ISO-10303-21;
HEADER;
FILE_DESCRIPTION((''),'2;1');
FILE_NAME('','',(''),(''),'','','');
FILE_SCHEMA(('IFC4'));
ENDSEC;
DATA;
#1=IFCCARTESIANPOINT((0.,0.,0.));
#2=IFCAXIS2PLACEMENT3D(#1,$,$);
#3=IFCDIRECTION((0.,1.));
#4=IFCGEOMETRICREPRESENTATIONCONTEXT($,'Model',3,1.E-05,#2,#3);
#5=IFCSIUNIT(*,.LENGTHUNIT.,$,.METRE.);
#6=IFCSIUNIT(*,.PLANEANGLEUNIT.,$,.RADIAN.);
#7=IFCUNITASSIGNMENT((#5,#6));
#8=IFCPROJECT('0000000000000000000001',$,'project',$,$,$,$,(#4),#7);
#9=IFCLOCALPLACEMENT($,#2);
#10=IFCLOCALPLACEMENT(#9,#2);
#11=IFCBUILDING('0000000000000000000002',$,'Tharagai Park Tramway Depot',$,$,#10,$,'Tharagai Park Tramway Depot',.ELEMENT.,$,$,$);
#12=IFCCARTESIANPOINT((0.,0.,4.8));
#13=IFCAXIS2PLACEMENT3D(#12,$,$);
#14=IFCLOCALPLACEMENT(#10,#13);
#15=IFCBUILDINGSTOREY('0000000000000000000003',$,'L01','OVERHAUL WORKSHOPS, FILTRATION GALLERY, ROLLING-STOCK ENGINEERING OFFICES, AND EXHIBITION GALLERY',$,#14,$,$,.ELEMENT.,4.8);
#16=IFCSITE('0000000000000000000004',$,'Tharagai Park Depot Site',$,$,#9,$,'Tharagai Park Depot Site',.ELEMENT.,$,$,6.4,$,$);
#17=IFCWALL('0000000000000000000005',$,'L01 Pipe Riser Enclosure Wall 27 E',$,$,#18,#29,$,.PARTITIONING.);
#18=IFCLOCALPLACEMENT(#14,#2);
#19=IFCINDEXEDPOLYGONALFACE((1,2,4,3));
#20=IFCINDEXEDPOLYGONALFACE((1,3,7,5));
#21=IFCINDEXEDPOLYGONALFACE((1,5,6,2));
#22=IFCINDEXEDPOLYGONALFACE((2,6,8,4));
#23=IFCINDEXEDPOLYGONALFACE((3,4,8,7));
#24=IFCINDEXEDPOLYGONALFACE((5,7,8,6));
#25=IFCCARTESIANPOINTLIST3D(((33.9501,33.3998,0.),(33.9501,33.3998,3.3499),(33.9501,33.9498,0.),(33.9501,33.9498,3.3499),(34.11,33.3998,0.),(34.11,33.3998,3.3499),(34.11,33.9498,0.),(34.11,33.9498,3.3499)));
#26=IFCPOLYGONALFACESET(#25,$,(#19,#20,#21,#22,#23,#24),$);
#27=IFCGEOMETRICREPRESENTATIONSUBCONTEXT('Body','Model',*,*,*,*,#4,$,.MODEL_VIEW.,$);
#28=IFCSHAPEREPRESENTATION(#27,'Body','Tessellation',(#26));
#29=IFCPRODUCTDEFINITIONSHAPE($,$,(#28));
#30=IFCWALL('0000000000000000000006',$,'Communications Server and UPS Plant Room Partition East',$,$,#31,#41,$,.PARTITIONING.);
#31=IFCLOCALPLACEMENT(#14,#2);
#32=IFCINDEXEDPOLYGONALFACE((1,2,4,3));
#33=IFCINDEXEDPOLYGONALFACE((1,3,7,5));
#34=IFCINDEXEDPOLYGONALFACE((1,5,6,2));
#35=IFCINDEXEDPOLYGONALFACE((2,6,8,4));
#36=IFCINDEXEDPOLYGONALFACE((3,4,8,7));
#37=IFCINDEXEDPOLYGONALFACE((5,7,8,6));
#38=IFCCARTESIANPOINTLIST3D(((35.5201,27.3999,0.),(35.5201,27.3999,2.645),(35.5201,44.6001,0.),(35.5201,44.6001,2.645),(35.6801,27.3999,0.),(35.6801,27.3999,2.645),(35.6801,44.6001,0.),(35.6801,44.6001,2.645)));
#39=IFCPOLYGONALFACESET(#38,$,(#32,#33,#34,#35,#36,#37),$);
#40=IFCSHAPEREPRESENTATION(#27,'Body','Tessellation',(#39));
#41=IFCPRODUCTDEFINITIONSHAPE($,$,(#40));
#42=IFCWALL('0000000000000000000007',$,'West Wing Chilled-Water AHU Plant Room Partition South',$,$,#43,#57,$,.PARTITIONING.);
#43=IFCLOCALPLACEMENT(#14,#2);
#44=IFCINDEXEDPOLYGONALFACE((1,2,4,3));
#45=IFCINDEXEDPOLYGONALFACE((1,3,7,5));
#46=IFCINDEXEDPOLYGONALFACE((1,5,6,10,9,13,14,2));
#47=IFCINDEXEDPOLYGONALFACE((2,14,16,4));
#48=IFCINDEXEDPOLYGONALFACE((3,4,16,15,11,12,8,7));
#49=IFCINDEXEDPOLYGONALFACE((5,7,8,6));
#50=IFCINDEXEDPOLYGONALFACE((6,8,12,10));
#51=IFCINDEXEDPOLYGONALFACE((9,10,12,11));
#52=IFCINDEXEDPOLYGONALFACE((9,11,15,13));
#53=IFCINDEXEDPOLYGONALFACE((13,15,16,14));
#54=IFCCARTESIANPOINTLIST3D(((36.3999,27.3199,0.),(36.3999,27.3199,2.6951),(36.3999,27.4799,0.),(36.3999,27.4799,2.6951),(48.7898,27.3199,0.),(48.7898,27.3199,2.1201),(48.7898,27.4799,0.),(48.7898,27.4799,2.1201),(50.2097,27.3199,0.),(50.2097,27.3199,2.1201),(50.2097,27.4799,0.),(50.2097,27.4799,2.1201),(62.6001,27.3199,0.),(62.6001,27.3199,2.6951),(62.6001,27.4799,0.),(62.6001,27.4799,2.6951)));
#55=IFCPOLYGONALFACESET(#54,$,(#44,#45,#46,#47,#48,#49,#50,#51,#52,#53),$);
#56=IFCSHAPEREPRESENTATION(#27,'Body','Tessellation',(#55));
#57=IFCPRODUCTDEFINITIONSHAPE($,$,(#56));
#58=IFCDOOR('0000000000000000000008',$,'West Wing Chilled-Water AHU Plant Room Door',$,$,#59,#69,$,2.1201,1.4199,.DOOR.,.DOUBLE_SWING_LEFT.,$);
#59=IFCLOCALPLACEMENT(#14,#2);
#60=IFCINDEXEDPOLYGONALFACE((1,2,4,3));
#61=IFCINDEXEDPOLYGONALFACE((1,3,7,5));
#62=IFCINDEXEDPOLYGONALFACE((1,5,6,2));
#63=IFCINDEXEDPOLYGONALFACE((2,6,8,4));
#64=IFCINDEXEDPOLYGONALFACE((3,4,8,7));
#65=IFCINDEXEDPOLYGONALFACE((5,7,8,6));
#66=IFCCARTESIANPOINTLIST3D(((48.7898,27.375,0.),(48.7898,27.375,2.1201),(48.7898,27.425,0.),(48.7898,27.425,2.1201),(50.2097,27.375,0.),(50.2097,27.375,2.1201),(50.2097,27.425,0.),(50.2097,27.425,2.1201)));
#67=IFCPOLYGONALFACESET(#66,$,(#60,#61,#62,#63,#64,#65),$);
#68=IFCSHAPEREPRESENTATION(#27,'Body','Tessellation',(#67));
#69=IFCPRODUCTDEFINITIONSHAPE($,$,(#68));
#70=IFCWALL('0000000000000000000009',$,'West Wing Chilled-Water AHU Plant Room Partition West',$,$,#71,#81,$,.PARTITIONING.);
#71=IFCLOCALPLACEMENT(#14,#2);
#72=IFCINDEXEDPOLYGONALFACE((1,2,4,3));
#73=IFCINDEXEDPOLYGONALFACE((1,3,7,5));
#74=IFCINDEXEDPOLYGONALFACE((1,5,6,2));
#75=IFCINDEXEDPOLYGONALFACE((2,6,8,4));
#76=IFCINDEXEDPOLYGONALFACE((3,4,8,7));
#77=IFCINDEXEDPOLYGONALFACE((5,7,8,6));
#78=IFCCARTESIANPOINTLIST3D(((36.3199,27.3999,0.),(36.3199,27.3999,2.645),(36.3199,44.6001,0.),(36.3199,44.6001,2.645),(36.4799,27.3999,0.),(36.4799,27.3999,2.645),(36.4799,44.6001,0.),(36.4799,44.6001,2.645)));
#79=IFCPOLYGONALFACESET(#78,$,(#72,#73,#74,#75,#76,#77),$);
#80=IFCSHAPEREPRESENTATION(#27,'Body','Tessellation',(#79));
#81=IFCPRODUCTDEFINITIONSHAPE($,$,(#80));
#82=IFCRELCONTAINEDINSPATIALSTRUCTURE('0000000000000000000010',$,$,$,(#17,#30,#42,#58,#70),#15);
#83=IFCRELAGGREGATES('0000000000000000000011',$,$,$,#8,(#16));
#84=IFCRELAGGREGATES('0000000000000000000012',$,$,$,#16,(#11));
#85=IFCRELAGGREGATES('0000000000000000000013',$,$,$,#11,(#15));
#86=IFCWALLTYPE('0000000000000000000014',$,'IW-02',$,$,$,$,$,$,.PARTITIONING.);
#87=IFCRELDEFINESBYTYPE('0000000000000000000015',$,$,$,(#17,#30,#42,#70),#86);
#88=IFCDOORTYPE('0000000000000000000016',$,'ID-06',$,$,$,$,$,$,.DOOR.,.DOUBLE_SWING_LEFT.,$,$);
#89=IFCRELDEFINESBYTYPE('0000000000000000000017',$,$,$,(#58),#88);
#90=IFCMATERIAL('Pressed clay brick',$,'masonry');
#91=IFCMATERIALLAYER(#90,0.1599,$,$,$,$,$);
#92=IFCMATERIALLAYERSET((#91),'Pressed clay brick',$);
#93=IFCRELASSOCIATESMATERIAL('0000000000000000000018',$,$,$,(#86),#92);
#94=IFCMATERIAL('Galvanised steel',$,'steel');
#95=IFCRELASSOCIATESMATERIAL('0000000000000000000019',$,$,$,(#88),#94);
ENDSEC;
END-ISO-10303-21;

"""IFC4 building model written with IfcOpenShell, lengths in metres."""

from ifc_helpers import new_model, si_unit, direction, frame, frame_2d, origin, place, context, subcontext, project, spatial, rectangle, extrude, material, layer, layer_set, type_object, element, fill, save


model = new_model("IFC4")

# Units and contexts
model_context = context("Model", 3, precision=1e-05, world=origin(), true_north=direction((0.0, 1.0)))
body_context = subcontext(model_context, "Body", "Model", "MODEL_VIEW")
ifc_project = project(units=[si_unit("LENGTHUNIT", "METRE"), si_unit("PLANEANGLEUNIT", "RADIAN")], contexts=[model_context])

# Site, building, storey
site_placement = place(None, origin())
site = spatial("IfcSite", under=ifc_project, at=site_placement, Name="Tharagai Park Depot Site", LongName="Tharagai Park Depot Site", CompositionType="ELEMENT", RefElevation=6.4)
building_placement = place(site_placement, origin())
building = spatial("IfcBuilding", under=site, at=building_placement, Name="Tharagai Park Tramway Depot", LongName="Tharagai Park Tramway Depot", CompositionType="ELEMENT")
storey_placement = place(building_placement, frame((0.0, 0.0, 4.8)))
storey = spatial("IfcBuildingStorey", under=building, at=storey_placement, Name="L01", Description="OVERHAUL WORKSHOPS, FILTRATION GALLERY, ROLLING-STOCK ENGINEERING OFFICES, AND EXHIBITION GALLERY", CompositionType="ELEMENT", Elevation=4.8)

# Walls
ifc_material_1 = material(Name="Pressed clay brick", Category="masonry")
ifc_layer = layer(ifc_material_1, 0.1599)
ifc_layer_set = layer_set([ifc_layer], Name="Pressed clay brick")
wall_type = type_object("IfcWallType", Name="IW-02", PredefinedType="PARTITIONING", material=ifc_layer_set)
for number, where, z_axis, x_axis, name in (
    (1, (34.03, 33.3999, 0.0), (0.0, 0.0, 1.0), (0.0, 1.0, 0.0), "L01 Pipe Riser Enclosure Wall 27 E"),
):
    element("IfcWall", number, at=place(storey_placement, frame(where, z_axis=z_axis, x_axis=x_axis)), inside=storey, type_object=wall_type, Name=name, PredefinedType="PARTITIONING", context=body_context, shape_type="SweptSolid", body=[
        extrude(rectangle(XDim=0.55, YDim=0.1599, at=frame_2d((0.2749, 0.0))), origin(), (0.0, 0.0, 1.0), 3.3499),
    ])
wall_1_placement = place(storey_placement, frame((35.6001, 27.3999, 0.0), z_axis=(0.0, 0.0, 1.0), x_axis=(0.0, 1.0, 0.0)))
element("IfcWall", 2, at=wall_1_placement, inside=storey, type_object=wall_type, Name="Communications Server and UPS Plant Room Partition East", PredefinedType="PARTITIONING", context=body_context, shape_type="SweptSolid", body=[
    extrude(rectangle(XDim=17.2002, YDim=0.1599, at=frame_2d((8.6001, 0.0))), origin(), (0.0, 0.0, 1.0), 2.645),
])

# Wall, opening, door
wall_2_placement = place(storey_placement, frame((36.3999, 27.3999, 0.0), z_axis=(0.0, 0.0, 1.0), x_axis=(1.0, 0.0, 0.0)))
wall_2 = element("IfcWall", 3, at=wall_2_placement, inside=storey, type_object=wall_type, Name="West Wing Chilled-Water AHU Plant Room Partition South", PredefinedType="PARTITIONING", context=body_context, shape_type="SweptSolid", body=[
    extrude(rectangle(XDim=26.2002, YDim=0.1599, at=frame_2d((13.1001, 0.0))), origin(), (0.0, 0.0, 1.0), 2.6951),
])
opening_placement = place(wall_2_placement, frame((12.3899, 0.0, 0.0)))
opening = element("IfcOpeningElement", 4, at=opening_placement, cuts=wall_2, PredefinedType="OPENING", context=body_context, shape_type="SweptSolid", body=[
    extrude(rectangle(XDim=1.4199, YDim=2.1201, at=frame_2d((0.71, 1.0601))), frame((0.0, 0.0898, 0.0), z_axis=(0.0, -1.0, 0.0), x_axis=(1.0, 0.0, 0.0)), (0.0, 0.0, 1.0), 0.1799),
])
ifc_material_2 = material(Name="Galvanised steel", Category="steel")
door_type = type_object("IfcDoorType", Name="ID-06", OperationType="DOUBLE_SWING_LEFT", PredefinedType="DOOR", material=ifc_material_2)
door_placement = place(opening_placement, frame((1.4199, 0.0, 0.0), z_axis=(0.0, 0.0, 1.0), x_axis=(-1.0, 0.0, 0.0)))
door = element("IfcDoor", 5, at=door_placement, inside=storey, type_object=door_type, Name="West Wing Chilled-Water AHU Plant Room Door", OperationType="DOUBLE_SWING_LEFT", OverallHeight=2.1201, OverallWidth=1.4199, PredefinedType="DOOR", context=body_context, shape_type="SweptSolid", body=[
    extrude(rectangle(XDim=1.4199, YDim=2.1201, at=frame_2d((0.71, 1.0601))), frame((0.0, 0.0249, 0.0), z_axis=(0.0, -1.0, 0.0), x_axis=(1.0, 0.0, 0.0)), (0.0, 0.0, 1.0), 0.05),
])
fill(opening, door)

# Wall
wall_3_placement = place(storey_placement, frame((36.3999, 27.3999, 0.0), z_axis=(0.0, 0.0, 1.0), x_axis=(0.0, 1.0, 0.0)))
element("IfcWall", 6, at=wall_3_placement, inside=storey, type_object=wall_type, Name="West Wing Chilled-Water AHU Plant Room Partition West", PredefinedType="PARTITIONING", context=body_context, shape_type="SweptSolid", body=[
    extrude(rectangle(XDim=17.2002, YDim=0.1599, at=frame_2d((8.6001, 0.0))), origin(), (0.0, 0.0, 1.0), 2.645),
])

save(model, "model.ifc")
